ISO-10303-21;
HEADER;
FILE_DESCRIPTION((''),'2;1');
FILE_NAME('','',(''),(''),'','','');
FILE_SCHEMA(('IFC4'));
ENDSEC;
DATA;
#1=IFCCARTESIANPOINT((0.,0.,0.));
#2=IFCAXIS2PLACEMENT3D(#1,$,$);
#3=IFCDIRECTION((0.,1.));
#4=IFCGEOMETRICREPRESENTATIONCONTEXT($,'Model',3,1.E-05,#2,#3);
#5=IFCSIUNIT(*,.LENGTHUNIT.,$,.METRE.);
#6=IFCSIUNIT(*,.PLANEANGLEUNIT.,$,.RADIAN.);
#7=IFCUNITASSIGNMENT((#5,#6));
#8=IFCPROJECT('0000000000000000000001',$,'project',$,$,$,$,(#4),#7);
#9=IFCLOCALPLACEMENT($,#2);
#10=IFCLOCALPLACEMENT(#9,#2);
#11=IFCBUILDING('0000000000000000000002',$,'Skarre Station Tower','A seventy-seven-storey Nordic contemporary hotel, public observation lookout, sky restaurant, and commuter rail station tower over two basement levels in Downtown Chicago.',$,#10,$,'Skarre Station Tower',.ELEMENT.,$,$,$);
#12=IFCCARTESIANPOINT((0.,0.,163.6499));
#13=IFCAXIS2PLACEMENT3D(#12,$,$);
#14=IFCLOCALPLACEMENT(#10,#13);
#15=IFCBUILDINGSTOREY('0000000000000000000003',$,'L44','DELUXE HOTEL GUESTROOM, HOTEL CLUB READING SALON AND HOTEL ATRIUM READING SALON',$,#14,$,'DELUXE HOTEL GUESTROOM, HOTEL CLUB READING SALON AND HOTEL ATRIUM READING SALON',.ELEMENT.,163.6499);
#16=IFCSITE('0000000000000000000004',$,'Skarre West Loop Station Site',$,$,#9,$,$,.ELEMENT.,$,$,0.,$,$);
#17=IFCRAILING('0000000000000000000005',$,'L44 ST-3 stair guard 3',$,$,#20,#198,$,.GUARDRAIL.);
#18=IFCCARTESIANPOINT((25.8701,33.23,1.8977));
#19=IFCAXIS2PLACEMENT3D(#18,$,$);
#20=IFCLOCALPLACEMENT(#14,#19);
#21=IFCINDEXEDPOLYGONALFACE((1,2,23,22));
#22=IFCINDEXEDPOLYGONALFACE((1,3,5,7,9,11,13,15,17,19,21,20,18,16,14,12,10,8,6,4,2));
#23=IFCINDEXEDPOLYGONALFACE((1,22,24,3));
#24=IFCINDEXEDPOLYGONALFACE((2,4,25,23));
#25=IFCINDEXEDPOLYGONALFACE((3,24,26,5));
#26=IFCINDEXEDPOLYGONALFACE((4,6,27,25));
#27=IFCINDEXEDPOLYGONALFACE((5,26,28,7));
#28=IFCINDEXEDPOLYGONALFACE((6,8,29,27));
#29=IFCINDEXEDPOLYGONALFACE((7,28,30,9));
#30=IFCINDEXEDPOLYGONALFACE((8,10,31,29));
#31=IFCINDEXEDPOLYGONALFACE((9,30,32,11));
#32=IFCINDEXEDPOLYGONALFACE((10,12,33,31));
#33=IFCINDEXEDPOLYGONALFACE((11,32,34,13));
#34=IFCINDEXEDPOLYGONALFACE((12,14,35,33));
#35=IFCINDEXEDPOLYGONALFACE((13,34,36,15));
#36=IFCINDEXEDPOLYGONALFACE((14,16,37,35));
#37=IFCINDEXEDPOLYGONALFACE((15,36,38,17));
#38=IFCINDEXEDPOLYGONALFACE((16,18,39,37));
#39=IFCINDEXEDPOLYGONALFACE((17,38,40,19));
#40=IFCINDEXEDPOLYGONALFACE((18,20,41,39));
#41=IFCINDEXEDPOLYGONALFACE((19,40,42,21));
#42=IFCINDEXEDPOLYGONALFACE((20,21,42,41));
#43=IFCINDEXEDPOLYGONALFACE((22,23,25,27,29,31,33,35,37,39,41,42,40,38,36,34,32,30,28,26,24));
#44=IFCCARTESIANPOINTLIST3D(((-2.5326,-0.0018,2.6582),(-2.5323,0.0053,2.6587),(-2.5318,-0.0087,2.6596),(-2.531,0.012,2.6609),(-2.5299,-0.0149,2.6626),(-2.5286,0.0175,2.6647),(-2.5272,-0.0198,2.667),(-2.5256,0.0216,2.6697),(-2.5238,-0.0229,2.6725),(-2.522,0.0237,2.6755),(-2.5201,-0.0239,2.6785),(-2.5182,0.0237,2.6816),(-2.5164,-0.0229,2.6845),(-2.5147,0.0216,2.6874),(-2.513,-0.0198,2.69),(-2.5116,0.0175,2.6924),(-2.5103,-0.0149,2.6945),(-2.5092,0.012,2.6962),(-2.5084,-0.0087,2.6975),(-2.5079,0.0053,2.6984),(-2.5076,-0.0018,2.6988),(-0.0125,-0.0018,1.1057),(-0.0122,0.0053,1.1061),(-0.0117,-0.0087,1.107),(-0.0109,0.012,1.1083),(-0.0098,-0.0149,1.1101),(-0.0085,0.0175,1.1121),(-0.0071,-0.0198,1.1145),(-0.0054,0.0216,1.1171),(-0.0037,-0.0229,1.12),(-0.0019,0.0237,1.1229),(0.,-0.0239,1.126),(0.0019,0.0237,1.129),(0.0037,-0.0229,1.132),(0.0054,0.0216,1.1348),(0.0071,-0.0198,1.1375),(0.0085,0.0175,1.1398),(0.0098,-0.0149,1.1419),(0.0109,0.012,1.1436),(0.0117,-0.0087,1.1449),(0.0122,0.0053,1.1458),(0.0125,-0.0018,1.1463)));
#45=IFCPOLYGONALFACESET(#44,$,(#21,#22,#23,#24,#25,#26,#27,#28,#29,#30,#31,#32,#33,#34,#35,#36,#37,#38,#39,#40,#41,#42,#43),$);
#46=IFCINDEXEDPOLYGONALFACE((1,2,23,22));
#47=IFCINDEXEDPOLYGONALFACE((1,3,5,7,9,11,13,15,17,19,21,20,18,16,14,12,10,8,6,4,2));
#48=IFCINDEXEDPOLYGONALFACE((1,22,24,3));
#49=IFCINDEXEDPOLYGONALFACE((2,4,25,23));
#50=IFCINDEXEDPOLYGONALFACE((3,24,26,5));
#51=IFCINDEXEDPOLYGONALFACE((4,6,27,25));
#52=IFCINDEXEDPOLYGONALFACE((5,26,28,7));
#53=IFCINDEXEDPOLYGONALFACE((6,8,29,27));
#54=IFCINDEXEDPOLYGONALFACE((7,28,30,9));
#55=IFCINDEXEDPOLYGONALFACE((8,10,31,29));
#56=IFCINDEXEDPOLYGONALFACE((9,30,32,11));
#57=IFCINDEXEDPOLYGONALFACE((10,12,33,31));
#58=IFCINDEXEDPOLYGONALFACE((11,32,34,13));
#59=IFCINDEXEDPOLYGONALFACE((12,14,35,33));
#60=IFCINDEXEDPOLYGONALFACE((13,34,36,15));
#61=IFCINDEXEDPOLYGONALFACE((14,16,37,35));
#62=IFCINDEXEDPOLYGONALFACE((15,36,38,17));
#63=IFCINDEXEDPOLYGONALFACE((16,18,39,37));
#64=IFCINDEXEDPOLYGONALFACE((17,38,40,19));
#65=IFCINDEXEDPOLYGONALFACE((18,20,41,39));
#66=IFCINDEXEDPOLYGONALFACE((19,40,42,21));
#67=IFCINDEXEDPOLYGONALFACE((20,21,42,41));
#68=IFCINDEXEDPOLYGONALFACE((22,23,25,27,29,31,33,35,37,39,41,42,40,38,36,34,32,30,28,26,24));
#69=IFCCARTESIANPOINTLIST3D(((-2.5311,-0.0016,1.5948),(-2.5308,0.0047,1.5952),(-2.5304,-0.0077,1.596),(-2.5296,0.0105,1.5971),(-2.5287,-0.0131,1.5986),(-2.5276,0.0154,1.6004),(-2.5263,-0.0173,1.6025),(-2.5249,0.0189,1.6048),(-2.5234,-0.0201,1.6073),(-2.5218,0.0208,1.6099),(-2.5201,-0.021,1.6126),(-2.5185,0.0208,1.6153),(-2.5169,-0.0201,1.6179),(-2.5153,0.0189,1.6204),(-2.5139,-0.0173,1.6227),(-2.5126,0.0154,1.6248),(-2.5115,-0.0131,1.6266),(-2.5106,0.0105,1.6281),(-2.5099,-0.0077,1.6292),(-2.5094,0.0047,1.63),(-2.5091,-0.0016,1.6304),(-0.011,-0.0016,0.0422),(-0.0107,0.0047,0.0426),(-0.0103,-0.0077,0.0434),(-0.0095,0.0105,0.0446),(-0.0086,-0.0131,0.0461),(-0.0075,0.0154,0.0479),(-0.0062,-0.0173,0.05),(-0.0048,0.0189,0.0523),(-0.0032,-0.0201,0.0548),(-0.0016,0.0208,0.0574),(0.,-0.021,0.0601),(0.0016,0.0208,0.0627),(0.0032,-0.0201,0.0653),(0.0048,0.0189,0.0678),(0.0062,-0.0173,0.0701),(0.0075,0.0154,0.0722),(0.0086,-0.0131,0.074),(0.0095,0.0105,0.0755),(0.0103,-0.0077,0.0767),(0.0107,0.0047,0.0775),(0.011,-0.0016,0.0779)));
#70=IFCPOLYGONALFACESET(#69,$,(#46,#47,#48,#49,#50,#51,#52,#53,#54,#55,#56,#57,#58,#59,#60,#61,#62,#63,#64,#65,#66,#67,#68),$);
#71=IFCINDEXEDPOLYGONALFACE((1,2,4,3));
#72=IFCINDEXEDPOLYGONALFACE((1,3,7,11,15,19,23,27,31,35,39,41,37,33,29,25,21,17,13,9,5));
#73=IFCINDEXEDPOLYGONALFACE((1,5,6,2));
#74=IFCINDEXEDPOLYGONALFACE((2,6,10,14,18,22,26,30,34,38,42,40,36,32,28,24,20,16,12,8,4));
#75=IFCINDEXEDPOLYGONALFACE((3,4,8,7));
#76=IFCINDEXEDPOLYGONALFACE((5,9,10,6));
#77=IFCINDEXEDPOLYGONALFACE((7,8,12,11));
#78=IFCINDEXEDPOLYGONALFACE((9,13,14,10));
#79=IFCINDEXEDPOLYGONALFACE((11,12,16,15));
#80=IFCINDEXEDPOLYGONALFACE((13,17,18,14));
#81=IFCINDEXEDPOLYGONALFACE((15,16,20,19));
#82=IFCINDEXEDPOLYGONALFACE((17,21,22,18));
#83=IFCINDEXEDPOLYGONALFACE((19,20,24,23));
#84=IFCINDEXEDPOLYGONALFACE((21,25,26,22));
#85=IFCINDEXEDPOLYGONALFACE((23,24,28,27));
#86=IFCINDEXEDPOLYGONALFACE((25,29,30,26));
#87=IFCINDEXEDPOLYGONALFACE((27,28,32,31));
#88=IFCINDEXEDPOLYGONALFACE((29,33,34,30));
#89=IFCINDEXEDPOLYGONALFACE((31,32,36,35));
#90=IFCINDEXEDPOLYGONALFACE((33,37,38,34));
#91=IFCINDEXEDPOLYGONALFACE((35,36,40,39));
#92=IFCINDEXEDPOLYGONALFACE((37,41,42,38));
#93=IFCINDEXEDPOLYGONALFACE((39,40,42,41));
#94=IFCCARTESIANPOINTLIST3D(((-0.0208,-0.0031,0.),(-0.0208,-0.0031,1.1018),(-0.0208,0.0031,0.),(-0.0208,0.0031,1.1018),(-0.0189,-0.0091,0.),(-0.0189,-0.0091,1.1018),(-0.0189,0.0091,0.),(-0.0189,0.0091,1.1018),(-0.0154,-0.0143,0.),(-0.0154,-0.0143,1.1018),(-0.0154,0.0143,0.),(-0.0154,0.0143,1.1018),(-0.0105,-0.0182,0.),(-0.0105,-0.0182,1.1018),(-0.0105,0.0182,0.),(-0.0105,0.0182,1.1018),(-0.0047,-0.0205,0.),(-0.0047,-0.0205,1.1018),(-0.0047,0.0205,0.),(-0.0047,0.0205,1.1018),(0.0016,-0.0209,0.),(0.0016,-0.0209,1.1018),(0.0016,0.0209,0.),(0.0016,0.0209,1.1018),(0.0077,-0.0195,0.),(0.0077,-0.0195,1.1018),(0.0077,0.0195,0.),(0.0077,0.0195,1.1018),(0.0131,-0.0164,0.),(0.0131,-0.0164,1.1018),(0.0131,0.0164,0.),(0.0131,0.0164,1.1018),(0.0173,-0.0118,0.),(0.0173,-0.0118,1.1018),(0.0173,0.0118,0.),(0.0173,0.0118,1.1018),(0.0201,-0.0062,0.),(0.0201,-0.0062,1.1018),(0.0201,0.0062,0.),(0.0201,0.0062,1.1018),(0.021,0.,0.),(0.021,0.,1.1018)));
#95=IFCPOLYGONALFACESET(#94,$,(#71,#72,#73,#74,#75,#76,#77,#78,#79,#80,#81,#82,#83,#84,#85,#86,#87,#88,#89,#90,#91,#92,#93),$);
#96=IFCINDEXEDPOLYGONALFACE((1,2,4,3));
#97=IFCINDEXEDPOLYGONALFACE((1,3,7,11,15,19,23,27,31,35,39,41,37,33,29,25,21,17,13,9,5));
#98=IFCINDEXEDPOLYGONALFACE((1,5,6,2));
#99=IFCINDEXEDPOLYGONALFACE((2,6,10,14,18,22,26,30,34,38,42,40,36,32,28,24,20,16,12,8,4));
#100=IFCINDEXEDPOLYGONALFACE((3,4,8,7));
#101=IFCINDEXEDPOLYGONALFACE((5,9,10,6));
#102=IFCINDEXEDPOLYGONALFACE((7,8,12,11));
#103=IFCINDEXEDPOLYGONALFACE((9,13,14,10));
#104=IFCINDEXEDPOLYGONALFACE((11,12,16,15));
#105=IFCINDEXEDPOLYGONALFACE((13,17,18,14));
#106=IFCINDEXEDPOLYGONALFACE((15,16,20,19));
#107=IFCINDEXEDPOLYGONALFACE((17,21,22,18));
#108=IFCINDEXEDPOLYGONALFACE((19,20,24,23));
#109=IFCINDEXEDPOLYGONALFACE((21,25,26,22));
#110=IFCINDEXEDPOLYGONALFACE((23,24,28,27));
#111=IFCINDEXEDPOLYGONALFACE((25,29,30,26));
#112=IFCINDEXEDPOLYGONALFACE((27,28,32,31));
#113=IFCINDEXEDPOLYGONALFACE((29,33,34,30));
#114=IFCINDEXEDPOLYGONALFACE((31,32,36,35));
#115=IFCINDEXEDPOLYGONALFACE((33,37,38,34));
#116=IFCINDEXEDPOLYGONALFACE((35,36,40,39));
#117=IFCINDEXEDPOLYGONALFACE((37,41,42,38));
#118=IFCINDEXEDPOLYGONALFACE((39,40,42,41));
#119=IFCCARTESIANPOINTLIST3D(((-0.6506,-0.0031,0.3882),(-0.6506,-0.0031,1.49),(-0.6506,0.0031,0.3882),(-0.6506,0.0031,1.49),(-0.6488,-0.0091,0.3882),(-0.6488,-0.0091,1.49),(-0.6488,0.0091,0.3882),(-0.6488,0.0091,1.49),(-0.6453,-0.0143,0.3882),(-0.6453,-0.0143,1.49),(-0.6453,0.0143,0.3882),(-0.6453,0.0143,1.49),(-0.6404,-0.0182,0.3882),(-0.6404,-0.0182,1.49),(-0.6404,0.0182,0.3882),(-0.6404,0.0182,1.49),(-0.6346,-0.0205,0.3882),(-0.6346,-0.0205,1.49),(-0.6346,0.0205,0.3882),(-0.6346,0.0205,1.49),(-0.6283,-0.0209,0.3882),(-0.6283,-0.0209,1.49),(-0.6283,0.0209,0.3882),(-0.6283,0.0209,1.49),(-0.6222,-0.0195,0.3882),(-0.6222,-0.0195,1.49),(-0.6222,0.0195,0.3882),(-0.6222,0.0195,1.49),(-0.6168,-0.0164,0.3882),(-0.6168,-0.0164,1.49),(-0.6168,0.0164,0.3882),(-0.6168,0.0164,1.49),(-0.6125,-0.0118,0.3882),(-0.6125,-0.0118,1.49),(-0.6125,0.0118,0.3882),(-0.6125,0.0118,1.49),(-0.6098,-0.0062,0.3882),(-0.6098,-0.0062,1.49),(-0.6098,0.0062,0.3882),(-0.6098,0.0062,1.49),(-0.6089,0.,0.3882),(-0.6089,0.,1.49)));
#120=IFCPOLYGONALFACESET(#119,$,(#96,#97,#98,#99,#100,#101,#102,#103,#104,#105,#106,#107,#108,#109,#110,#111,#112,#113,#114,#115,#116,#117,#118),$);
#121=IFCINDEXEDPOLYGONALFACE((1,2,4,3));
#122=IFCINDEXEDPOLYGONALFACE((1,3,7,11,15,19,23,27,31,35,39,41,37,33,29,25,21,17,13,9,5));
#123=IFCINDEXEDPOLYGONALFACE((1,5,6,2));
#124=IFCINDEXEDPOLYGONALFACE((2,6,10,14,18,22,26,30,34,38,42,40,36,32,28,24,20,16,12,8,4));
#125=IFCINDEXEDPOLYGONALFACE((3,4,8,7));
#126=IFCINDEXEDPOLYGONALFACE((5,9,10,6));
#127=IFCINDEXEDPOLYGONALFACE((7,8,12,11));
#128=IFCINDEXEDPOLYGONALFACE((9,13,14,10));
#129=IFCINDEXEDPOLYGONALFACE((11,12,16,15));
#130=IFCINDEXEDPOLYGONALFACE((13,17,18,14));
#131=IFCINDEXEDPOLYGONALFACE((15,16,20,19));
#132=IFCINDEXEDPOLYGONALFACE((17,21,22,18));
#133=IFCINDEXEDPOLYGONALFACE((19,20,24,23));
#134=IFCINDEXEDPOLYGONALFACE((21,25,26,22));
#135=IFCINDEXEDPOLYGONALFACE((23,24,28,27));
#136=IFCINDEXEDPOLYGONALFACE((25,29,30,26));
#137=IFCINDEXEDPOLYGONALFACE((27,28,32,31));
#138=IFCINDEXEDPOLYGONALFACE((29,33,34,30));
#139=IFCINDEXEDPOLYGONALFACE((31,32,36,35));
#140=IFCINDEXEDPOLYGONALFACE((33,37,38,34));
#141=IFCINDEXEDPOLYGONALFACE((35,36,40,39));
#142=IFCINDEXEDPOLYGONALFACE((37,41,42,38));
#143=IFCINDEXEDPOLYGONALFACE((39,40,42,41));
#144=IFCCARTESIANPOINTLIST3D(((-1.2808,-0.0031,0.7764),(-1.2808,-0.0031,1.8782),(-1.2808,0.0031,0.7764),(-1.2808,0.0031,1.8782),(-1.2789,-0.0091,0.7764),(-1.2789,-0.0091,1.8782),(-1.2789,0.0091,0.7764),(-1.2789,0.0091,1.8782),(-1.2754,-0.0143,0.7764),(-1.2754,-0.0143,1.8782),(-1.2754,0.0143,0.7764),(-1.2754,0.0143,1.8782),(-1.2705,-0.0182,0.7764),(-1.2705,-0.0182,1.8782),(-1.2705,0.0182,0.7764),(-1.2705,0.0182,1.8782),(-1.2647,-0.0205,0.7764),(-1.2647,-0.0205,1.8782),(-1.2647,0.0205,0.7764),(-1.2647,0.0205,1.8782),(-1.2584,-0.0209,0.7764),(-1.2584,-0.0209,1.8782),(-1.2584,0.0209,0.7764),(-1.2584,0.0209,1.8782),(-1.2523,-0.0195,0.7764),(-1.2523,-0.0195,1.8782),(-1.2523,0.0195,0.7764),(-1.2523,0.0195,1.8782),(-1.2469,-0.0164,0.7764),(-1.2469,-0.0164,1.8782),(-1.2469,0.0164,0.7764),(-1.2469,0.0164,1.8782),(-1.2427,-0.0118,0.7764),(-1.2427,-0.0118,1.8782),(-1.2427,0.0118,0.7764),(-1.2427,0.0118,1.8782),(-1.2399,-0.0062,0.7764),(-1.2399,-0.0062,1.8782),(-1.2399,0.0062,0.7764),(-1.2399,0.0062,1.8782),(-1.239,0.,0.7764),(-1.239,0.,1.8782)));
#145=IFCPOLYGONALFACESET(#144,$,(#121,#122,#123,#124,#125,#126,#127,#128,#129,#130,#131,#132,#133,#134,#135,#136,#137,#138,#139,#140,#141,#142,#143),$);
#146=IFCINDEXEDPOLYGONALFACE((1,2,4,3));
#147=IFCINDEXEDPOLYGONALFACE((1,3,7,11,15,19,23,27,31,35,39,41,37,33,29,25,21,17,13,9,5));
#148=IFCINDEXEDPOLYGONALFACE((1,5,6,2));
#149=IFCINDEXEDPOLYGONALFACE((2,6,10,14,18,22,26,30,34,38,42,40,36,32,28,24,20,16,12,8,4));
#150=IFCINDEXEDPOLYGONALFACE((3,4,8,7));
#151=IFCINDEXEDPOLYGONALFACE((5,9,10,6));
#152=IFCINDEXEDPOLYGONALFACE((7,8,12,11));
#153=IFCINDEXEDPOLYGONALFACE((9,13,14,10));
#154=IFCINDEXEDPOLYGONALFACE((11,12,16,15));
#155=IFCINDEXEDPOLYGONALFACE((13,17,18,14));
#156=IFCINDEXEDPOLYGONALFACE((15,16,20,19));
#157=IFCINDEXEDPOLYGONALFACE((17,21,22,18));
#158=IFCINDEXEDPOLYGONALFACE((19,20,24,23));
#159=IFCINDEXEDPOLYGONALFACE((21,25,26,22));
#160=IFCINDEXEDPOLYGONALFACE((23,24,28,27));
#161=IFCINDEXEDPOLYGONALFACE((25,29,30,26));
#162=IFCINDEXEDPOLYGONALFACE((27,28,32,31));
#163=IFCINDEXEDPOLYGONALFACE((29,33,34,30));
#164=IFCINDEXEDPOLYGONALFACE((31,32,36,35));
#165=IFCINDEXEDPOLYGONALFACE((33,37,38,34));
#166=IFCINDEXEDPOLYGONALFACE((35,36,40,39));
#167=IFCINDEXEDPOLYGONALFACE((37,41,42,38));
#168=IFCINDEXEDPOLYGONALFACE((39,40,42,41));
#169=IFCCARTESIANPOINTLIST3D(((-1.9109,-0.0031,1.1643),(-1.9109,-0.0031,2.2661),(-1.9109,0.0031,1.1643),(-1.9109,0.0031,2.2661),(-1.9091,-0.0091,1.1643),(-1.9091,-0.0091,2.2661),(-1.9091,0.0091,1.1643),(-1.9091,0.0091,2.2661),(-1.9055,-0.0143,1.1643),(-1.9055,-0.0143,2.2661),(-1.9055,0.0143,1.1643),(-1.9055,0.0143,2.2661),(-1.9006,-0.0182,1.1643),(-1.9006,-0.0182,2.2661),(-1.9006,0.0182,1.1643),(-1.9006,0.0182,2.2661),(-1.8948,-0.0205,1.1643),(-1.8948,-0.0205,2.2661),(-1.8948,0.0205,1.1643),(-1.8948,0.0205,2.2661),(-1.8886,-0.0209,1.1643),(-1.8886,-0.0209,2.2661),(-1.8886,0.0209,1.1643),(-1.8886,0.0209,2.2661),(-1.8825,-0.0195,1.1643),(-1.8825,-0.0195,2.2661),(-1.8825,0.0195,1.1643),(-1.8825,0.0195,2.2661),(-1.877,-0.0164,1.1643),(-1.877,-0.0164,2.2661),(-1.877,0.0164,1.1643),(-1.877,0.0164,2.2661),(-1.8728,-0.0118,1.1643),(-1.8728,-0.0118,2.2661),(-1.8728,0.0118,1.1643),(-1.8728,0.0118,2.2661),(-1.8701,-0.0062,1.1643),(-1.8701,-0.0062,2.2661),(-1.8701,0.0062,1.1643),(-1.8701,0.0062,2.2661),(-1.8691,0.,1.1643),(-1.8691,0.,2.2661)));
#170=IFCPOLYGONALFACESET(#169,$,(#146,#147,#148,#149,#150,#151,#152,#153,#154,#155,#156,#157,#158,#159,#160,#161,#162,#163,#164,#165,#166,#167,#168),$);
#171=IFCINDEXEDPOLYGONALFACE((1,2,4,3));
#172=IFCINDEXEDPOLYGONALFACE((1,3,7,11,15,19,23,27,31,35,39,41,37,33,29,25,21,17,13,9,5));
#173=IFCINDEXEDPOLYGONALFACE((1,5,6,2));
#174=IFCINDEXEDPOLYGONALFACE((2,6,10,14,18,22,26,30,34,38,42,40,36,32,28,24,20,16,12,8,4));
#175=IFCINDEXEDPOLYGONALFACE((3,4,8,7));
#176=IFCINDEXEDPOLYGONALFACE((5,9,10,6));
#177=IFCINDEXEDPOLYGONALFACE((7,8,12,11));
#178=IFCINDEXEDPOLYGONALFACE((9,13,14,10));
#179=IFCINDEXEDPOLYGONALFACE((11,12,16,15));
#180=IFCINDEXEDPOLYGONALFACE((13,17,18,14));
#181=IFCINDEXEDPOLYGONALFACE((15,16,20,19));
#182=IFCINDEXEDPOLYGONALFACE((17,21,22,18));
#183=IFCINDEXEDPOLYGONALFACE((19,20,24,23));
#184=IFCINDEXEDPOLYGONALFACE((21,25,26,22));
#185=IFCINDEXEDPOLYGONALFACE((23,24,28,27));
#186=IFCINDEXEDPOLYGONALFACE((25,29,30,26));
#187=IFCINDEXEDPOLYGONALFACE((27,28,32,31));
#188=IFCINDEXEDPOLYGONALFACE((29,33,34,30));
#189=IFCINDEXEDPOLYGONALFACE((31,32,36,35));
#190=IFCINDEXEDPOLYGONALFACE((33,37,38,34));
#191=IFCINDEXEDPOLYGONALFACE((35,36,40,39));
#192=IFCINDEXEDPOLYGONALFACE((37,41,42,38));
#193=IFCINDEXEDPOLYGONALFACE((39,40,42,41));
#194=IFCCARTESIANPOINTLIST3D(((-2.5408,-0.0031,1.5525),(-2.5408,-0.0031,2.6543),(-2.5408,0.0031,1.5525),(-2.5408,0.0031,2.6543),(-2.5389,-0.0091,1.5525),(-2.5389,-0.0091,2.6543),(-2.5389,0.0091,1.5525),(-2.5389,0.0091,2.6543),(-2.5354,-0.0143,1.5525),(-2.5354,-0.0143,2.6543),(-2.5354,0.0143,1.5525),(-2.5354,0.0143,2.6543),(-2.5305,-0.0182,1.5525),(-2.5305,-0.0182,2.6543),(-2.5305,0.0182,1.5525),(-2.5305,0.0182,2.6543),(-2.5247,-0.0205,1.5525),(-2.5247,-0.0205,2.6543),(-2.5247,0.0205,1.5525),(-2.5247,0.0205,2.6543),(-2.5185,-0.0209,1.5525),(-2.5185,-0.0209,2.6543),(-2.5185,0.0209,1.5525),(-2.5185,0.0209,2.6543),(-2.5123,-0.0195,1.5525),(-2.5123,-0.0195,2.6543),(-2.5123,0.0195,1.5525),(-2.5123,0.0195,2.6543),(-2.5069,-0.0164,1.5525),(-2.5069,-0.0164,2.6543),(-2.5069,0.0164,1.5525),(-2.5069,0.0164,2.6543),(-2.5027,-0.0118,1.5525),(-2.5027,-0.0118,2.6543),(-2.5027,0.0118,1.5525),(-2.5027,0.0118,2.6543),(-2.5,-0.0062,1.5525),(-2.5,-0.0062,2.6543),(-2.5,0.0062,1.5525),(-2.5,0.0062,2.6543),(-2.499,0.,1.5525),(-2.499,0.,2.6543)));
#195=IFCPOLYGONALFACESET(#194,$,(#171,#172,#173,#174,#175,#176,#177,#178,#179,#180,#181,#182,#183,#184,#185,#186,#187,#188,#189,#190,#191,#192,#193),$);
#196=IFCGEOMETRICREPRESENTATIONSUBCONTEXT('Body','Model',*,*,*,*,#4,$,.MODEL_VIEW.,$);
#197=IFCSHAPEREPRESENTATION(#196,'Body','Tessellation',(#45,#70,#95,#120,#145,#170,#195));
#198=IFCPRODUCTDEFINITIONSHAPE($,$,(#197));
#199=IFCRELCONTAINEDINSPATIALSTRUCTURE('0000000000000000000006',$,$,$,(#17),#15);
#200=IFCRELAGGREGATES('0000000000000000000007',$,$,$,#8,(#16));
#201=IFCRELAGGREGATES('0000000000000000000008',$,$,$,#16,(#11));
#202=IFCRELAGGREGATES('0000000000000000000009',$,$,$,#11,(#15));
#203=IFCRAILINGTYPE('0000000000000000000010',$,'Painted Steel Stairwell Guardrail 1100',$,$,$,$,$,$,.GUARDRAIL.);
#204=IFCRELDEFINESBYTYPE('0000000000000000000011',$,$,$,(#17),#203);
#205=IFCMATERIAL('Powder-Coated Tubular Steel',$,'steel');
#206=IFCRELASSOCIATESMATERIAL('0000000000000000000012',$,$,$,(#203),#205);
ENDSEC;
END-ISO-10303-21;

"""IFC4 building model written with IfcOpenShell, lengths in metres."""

from ifc_helpers import new_model, si_unit, direction, frame, origin, origin_2d, place, context, subcontext, project, spatial, circle, extrude, material, type_object, element, save


model = new_model("IFC4")

# Units and contexts
model_context = context("Model", 3, precision=1e-05, world=origin(), true_north=direction((0.0, 1.0)))
body_context = subcontext(model_context, "Body", "Model", "MODEL_VIEW")
ifc_project = project(units=[si_unit("LENGTHUNIT", "METRE"), si_unit("PLANEANGLEUNIT", "RADIAN")], contexts=[model_context])

# Site, building, storey
site_placement = place(None, origin())
site = spatial("IfcSite", under=ifc_project, at=site_placement, Name="Skarre West Loop Station Site", CompositionType="ELEMENT", RefElevation=0.0)
building_placement = place(site_placement, origin())
building = spatial("IfcBuilding", under=site, at=building_placement, Name="Skarre Station Tower", Description="A seventy-seven-storey Nordic contemporary hotel, public observation lookout, sky restaurant, and commuter rail station tower over two basement levels in Downtown Chicago.", LongName="Skarre Station Tower", CompositionType="ELEMENT")
storey_placement = place(building_placement, frame((0.0, 0.0, 163.6499)))
storey = spatial("IfcBuildingStorey", under=building, at=storey_placement, Name="L44", Description="DELUXE HOTEL GUESTROOM, HOTEL CLUB READING SALON AND HOTEL ATRIUM READING SALON", LongName="DELUXE HOTEL GUESTROOM, HOTEL CLUB READING SALON AND HOTEL ATRIUM READING SALON", CompositionType="ELEMENT", Elevation=163.6499)

# Railing
ifc_material_1 = material(Name="Powder-Coated Tubular Steel", Category="steel")
railing_type_1 = type_object("IfcRailingType", Name="Painted Steel Stairwell Guardrail 1100", PredefinedType="GUARDRAIL", material=ifc_material_1)
railing_1_placement = place(storey_placement, frame((25.8701, 33.23, 1.8977)))
element("IfcRailing", 1, at=railing_1_placement, inside=storey, type_object=railing_type_1, Name="L44 ST-3 stair guard 3", PredefinedType="GUARDRAIL", context=body_context, shape_type="SweptSolid", body=[
    extrude(circle(Radius=0.0239, at=origin_2d()), frame((0.0, 0.0, 1.126), z_axis=(-0.8514, 0.0, 0.524516), x_axis=(0.0, -1.0, 0.0)), (0.0, 0.0, 1.0), 2.96),
    extrude(circle(Radius=0.021, at=origin_2d()), frame((0.0, 0.0, 0.0601), z_axis=(-0.8514, 0.0, 0.524516), x_axis=(0.0, -1.0, 0.0)), (0.0, 0.0, 1.0), 2.96),
    extrude(circle(Radius=0.021, at=origin_2d()), origin(), (0.0, 0.0, 1.0), 1.1018),
    extrude(circle(Radius=0.021, at=origin_2d()), frame((-0.6299, 0.0, 0.3882)), (0.0, 0.0, 1.0), 1.1018),
    extrude(circle(Radius=0.021, at=origin_2d()), frame((-1.26, 0.0, 0.7764)), (0.0, 0.0, 1.0), 1.1018),
    extrude(circle(Radius=0.021, at=origin_2d()), frame((-1.8901, 0.0, 1.1643)), (0.0, 0.0, 1.0), 1.1018),
    extrude(circle(Radius=0.021, at=origin_2d()), frame((-2.52, 0.0, 1.5525)), (0.0, 0.0, 1.0), 1.1018),
])

save(model, "model.ifc")
